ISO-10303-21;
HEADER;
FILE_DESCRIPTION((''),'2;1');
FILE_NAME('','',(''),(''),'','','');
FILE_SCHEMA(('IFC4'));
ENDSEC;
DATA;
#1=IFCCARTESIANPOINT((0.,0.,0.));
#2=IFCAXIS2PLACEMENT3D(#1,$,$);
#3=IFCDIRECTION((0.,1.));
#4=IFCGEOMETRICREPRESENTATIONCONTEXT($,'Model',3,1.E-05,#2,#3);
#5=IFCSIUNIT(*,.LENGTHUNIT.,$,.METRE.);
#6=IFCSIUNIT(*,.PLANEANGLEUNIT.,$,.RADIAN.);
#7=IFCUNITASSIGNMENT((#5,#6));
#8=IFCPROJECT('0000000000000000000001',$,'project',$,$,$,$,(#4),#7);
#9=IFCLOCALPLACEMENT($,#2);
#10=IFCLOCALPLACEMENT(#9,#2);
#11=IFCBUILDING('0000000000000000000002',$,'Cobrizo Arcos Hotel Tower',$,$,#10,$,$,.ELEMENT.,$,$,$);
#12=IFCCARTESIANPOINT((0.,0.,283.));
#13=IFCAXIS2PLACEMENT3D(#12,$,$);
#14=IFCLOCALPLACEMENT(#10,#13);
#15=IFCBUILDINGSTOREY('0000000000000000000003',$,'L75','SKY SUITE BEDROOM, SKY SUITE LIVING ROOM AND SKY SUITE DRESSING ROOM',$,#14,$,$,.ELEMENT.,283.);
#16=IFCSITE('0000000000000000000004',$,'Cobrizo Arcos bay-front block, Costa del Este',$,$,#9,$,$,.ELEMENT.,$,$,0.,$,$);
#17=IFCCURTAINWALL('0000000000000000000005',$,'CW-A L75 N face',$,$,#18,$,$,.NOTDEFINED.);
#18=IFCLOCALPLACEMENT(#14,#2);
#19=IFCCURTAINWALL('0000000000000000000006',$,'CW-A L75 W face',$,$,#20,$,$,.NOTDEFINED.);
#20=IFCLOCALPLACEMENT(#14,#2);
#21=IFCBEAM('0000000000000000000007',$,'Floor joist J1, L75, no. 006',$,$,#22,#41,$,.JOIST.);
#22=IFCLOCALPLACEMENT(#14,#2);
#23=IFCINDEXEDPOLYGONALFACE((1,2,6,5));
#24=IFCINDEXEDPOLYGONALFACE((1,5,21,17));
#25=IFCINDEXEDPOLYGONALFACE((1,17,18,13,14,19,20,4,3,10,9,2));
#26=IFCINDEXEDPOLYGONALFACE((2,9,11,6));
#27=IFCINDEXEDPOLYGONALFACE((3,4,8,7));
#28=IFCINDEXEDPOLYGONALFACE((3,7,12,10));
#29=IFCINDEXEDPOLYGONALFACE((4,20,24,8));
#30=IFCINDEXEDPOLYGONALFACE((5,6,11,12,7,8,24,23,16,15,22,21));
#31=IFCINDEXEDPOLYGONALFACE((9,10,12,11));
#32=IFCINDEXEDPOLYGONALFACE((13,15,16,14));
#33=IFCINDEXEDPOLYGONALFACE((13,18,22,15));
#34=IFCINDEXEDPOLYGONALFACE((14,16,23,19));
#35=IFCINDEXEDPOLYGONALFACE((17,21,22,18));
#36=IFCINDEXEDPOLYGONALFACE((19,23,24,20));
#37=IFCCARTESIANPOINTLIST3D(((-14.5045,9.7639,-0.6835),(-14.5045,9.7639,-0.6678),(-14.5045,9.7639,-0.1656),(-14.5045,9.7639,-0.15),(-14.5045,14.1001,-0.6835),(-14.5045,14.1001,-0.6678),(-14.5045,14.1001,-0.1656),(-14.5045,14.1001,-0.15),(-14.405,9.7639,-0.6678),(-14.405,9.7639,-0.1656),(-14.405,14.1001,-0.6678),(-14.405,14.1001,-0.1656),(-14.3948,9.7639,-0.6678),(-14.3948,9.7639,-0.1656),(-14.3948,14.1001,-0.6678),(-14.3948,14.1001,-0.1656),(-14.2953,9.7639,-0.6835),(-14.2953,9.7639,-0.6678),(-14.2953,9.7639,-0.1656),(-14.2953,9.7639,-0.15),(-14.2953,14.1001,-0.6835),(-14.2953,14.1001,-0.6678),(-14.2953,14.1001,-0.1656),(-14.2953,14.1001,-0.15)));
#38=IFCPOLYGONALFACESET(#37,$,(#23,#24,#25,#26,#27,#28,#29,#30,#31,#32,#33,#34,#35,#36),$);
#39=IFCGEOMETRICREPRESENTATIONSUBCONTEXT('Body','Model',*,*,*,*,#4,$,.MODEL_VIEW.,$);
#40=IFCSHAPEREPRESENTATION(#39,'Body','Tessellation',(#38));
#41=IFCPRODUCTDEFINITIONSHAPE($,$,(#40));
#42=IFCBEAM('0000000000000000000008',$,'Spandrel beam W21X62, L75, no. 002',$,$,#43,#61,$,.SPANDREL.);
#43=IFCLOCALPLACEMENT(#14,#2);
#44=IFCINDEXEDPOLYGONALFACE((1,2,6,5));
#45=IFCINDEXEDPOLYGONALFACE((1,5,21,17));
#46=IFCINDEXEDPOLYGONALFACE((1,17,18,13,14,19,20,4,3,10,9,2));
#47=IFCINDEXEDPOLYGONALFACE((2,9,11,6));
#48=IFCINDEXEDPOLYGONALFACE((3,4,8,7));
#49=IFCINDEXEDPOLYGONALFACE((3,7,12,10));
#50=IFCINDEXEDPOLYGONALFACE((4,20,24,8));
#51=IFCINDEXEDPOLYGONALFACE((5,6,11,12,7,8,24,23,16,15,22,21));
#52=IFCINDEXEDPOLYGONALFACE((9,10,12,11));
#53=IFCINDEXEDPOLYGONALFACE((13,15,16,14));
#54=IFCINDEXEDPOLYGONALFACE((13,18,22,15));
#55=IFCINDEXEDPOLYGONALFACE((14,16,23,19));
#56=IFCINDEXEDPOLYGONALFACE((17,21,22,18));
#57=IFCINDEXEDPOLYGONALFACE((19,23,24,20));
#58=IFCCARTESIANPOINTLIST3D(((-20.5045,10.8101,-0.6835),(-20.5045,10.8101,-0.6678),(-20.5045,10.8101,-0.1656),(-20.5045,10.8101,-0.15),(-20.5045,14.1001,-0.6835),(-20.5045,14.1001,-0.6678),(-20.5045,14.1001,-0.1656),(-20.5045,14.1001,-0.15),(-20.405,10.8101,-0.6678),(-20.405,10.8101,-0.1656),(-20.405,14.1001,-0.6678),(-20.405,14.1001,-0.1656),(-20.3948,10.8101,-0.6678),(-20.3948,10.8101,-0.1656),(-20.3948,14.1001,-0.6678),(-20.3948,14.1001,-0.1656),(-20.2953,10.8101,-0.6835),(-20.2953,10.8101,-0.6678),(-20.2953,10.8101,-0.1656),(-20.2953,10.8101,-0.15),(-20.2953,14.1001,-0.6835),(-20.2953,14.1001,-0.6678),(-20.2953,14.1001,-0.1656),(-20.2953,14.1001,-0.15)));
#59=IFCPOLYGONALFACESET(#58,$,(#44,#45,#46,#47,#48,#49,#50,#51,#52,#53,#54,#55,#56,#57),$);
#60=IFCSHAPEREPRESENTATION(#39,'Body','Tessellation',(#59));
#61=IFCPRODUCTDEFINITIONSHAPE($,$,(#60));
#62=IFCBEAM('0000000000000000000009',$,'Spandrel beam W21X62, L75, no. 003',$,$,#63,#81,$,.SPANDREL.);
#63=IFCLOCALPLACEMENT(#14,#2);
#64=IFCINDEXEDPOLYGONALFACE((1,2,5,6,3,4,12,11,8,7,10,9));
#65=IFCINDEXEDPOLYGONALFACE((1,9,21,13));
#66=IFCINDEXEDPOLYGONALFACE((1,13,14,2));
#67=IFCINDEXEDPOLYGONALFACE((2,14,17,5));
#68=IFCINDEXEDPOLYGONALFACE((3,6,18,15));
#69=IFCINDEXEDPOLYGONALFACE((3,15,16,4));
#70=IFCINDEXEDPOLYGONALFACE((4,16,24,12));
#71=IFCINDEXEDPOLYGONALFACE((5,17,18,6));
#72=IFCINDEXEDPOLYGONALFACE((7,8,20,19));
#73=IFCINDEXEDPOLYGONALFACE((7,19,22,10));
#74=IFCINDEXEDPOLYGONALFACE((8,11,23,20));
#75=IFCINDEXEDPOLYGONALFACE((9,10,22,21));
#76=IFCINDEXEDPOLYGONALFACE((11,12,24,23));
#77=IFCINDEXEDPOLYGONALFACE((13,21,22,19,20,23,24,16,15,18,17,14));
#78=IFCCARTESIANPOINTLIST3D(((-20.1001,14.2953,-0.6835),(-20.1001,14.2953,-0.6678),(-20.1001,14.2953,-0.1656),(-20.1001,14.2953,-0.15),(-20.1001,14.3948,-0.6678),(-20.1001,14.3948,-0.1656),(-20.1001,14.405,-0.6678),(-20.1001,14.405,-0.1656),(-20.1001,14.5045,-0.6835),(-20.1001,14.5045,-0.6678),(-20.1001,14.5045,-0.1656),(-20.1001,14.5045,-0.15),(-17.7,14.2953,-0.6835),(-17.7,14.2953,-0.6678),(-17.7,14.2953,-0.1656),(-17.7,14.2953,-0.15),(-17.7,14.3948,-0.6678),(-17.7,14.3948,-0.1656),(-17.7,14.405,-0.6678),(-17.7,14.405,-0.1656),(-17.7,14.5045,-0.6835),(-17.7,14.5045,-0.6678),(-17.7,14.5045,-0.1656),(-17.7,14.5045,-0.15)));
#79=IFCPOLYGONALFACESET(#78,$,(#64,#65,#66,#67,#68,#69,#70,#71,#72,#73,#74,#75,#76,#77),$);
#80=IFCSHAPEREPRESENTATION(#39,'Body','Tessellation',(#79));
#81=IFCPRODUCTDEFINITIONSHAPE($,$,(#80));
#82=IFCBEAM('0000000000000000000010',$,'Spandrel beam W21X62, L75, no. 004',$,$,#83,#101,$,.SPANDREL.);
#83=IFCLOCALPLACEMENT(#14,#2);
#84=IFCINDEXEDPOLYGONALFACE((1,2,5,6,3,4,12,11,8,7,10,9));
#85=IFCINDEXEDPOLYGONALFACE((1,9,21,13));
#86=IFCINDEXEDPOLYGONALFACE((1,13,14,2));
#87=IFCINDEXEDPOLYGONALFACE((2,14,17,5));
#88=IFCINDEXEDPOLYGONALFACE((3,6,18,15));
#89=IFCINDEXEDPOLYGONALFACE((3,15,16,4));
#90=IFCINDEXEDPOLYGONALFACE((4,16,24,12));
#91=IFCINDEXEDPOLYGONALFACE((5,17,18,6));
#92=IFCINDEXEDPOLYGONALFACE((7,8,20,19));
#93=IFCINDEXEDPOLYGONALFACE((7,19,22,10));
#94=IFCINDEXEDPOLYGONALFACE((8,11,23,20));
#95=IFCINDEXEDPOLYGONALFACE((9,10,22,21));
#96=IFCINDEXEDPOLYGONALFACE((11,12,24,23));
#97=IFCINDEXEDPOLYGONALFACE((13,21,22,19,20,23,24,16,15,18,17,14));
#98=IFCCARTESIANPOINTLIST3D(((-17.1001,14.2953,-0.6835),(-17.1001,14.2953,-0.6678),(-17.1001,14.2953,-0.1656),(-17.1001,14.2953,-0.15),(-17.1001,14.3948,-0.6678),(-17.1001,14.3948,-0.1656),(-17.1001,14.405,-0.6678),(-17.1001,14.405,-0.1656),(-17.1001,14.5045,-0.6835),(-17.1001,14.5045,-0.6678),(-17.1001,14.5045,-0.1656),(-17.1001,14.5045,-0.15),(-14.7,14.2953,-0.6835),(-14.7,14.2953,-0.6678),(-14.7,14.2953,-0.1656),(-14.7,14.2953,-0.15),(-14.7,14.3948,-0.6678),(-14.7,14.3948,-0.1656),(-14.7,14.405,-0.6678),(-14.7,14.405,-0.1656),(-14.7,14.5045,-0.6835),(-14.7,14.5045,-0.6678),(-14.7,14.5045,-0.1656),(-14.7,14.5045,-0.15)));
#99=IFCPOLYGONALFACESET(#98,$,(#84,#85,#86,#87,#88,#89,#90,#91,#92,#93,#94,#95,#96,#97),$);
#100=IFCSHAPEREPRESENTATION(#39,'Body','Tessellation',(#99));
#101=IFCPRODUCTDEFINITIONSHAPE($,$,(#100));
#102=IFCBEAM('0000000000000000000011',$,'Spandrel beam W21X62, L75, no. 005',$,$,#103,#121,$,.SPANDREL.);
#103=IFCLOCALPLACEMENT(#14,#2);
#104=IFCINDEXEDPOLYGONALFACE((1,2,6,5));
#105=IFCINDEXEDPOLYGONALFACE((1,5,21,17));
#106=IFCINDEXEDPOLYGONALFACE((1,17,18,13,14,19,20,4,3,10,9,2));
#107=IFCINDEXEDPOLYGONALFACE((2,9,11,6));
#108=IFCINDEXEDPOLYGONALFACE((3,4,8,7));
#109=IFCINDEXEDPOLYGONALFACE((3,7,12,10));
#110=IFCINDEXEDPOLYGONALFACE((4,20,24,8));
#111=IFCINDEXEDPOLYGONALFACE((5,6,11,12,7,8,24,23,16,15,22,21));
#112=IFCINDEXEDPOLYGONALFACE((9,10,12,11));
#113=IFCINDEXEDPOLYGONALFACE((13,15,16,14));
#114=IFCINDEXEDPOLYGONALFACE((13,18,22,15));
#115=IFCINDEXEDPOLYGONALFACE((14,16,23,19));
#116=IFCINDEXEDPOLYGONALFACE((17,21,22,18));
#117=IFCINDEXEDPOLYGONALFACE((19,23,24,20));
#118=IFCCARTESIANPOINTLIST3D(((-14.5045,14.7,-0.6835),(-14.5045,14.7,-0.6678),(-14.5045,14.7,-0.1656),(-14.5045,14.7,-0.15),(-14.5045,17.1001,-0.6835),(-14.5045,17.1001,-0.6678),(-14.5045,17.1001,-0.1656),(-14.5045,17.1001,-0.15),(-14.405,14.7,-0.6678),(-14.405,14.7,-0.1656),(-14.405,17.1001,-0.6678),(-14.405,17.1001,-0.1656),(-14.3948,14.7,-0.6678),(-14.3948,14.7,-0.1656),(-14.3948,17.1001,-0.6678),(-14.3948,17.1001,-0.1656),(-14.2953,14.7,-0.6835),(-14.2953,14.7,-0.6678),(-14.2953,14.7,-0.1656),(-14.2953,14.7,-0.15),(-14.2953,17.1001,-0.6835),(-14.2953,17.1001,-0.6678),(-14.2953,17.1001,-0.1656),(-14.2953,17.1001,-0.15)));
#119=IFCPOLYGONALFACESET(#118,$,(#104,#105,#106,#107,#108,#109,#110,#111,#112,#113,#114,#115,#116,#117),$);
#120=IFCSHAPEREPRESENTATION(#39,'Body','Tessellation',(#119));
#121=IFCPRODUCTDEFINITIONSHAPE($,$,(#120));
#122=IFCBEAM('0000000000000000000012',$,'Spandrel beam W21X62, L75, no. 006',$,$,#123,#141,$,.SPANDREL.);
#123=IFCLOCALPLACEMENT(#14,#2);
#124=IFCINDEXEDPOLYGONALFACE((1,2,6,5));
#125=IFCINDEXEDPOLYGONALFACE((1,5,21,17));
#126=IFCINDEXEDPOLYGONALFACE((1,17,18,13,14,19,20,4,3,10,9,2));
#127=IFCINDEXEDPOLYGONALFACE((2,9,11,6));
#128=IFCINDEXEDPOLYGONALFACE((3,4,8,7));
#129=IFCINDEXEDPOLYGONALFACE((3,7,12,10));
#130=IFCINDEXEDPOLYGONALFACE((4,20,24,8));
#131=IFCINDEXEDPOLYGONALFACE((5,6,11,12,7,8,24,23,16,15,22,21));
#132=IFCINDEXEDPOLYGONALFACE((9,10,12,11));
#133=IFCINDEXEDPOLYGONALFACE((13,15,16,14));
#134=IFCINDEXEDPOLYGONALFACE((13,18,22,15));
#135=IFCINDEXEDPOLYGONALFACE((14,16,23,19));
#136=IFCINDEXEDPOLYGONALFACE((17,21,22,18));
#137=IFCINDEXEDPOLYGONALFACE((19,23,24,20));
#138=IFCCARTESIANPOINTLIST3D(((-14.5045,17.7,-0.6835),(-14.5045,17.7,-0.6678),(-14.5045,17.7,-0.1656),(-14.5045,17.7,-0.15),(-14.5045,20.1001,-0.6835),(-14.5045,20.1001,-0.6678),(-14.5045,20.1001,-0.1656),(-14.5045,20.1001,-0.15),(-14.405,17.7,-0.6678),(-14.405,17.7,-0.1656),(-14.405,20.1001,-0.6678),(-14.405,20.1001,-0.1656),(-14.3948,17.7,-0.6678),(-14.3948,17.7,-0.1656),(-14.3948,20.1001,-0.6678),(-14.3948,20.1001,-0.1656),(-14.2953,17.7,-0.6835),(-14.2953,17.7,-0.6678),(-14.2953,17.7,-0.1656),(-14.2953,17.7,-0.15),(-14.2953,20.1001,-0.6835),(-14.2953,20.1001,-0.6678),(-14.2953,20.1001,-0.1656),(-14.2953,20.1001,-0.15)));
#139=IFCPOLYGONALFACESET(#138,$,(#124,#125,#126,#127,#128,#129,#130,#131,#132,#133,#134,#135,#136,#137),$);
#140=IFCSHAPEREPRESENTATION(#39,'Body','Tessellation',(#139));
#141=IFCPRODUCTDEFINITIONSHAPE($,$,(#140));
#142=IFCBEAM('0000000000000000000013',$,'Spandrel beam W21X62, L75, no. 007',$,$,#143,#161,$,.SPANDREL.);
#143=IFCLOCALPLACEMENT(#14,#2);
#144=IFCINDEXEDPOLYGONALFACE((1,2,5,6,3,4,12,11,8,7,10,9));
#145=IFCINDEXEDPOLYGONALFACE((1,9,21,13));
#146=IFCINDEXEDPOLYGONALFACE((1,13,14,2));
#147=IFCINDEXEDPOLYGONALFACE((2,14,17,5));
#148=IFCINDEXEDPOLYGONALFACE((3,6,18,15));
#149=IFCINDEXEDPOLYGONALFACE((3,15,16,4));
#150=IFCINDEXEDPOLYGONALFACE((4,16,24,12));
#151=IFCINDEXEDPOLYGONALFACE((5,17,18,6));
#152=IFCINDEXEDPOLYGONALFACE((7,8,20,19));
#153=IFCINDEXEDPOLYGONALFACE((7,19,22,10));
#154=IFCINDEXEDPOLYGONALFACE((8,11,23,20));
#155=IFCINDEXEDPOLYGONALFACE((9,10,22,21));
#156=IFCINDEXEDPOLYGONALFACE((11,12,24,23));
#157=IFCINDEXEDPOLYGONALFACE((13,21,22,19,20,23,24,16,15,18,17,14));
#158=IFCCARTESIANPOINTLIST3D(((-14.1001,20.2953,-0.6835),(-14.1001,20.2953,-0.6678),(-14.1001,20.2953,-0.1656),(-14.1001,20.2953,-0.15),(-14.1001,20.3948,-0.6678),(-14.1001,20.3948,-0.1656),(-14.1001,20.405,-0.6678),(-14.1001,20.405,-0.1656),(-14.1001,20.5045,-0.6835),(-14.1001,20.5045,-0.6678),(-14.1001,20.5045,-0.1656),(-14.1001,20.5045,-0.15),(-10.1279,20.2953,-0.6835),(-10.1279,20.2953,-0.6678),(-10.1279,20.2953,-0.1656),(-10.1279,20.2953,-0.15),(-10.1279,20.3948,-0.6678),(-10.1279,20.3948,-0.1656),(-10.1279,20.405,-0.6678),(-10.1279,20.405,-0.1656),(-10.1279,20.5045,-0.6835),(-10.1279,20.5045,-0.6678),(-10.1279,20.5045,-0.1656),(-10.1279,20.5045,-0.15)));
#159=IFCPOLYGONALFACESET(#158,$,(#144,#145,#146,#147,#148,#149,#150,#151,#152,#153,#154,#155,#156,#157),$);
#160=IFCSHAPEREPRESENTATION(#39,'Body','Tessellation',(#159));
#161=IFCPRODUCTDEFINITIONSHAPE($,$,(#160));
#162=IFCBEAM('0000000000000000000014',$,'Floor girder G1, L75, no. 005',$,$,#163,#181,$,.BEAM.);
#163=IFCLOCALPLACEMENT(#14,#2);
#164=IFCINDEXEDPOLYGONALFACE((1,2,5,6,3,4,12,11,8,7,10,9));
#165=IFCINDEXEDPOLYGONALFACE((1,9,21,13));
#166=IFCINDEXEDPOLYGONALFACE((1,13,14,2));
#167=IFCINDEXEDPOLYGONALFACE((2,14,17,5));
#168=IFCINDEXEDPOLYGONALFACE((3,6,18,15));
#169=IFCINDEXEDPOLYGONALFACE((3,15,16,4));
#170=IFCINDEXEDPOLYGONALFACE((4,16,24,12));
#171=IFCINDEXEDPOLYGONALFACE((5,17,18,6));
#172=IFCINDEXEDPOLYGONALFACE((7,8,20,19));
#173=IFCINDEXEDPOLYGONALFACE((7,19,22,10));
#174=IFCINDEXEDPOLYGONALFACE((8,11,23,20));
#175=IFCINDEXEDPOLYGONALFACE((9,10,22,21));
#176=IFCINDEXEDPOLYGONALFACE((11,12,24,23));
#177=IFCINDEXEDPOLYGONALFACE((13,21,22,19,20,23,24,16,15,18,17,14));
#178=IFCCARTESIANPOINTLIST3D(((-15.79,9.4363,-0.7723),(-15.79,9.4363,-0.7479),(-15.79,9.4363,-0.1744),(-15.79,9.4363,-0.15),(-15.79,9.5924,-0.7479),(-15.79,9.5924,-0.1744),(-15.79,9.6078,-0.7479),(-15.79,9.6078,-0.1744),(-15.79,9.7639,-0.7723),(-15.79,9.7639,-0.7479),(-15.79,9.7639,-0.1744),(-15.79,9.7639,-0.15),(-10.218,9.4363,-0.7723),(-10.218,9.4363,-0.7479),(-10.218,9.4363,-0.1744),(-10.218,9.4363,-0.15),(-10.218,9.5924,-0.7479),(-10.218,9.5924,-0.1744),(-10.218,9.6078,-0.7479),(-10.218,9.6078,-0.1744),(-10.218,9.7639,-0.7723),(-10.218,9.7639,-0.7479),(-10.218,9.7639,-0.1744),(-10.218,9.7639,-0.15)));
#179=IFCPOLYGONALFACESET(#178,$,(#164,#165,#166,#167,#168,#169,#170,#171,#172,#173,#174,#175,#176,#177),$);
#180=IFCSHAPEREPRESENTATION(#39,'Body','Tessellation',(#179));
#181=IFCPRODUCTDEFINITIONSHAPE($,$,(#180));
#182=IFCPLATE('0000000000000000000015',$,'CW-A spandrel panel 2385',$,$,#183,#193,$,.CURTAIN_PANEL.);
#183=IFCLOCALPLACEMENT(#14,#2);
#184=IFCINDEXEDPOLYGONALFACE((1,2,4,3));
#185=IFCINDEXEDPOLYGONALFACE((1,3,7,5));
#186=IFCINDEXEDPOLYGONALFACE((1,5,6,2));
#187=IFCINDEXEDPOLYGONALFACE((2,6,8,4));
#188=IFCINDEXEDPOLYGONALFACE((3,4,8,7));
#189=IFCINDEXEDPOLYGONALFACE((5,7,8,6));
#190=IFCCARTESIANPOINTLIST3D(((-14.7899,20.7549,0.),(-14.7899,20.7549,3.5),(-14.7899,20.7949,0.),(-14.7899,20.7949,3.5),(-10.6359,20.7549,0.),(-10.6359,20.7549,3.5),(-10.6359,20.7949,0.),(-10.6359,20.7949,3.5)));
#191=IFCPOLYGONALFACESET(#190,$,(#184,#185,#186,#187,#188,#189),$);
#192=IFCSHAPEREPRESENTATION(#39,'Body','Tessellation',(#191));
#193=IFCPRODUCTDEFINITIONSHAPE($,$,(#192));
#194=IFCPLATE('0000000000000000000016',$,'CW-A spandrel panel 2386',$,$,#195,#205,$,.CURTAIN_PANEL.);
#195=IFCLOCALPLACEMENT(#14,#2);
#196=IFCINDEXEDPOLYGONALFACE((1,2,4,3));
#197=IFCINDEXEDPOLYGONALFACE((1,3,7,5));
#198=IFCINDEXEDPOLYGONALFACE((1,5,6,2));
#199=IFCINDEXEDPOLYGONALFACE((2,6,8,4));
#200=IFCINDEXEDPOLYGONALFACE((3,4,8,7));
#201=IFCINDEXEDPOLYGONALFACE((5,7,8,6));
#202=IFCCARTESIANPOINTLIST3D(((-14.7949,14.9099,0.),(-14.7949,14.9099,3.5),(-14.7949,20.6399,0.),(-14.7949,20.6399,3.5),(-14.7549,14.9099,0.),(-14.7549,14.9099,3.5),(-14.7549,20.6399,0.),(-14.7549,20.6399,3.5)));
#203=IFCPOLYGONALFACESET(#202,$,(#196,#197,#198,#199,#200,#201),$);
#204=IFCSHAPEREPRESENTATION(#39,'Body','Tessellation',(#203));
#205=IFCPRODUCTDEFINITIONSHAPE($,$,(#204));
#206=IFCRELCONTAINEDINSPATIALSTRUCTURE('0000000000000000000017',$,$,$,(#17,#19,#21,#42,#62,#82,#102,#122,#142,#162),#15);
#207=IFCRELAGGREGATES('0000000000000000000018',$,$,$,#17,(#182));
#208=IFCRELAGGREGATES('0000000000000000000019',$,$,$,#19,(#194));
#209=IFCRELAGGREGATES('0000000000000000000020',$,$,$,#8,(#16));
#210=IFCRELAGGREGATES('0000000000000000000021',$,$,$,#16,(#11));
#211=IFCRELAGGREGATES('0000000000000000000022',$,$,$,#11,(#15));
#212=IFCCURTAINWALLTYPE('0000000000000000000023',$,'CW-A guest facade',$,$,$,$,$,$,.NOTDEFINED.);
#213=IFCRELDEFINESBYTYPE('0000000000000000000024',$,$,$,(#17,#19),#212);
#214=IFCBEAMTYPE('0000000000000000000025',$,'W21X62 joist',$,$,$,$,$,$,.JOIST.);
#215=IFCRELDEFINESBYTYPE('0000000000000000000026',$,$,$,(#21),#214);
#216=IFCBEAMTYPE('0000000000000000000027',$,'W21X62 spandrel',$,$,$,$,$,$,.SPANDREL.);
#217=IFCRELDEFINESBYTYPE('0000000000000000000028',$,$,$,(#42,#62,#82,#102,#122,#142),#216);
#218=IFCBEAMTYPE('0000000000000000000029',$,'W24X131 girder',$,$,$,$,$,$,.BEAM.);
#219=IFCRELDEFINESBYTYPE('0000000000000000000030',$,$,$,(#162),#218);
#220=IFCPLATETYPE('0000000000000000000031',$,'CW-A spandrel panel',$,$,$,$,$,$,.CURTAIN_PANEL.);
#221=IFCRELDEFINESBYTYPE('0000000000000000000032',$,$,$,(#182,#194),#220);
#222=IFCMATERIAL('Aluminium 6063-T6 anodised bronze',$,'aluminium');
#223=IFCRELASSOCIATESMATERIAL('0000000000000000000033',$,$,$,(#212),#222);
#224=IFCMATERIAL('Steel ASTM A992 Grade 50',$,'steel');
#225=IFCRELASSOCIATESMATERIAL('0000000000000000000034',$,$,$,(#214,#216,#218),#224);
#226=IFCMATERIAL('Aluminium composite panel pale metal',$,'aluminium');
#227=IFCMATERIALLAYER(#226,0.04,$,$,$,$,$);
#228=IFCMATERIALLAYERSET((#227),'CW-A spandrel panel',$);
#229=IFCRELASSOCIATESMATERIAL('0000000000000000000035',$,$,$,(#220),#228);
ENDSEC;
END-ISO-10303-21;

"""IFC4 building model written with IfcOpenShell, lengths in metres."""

from ifc_helpers import new_model, si_unit, direction, frame, origin, origin_2d, place, context, subcontext, project, spatial, rectangle, i_section, extrude, material, layer, layer_set, material_profile, profile_set, type_object, element, aggregate, save


model = new_model("IFC4")

# Units and contexts
model_context = context("Model", 3, precision=1e-05, world=origin(), true_north=direction((0.0, 1.0)))
body_context = subcontext(model_context, "Body", "Model", "MODEL_VIEW")
ifc_project = project(units=[si_unit("LENGTHUNIT", "METRE"), si_unit("PLANEANGLEUNIT", "RADIAN")], contexts=[model_context])

# Site, building, storey
site_placement = place(None, origin())
site = spatial("IfcSite", under=ifc_project, at=site_placement, Name="Cobrizo Arcos bay-front block, Costa del Este", CompositionType="ELEMENT", RefElevation=0.0)
building_placement = place(site_placement, origin())
building = spatial("IfcBuilding", under=site, at=building_placement, Name="Cobrizo Arcos Hotel Tower", CompositionType="ELEMENT")
storey_placement = place(building_placement, frame((0.0, 0.0, 283.0)))
storey = spatial("IfcBuildingStorey", under=building, at=storey_placement, Name="L75", Description="SKY SUITE BEDROOM, SKY SUITE LIVING ROOM AND SKY SUITE DRESSING ROOM", CompositionType="ELEMENT", Elevation=283.0)

# Curtain wall
ifc_material_1 = material(Name="Aluminium 6063-T6 anodised bronze", Category="aluminium")
curtain_wall_type_1 = type_object("IfcCurtainWallType", Name="CW-A guest facade", PredefinedType="NOTDEFINED", material=ifc_material_1)
curtain_wall_1_placement = place(storey_placement, origin())
curtain_wall_1 = element("IfcCurtainWall", 1, at=curtain_wall_1_placement, inside=storey, type_object=curtain_wall_type_1, Name="CW-A L75 N face", PredefinedType="NOTDEFINED")

# Curtain wall
curtain_wall_2_placement = place(storey_placement, origin())
curtain_wall_2 = element("IfcCurtainWall", 2, at=curtain_wall_2_placement, inside=storey, type_object=curtain_wall_type_1, Name="CW-A L75 W face", PredefinedType="NOTDEFINED")

# Beams
ifc_material_2 = material(Name="Steel ASTM A992 Grade 50", Category="steel")
ifc_material_profile_1 = material_profile(ifc_material_2, i_section(OverallWidth=0.2092, OverallDepth=0.5334, WebThickness=0.0103, FlangeThickness=0.0156, at=origin_2d()), Name="W21X62")
ifc_profile_set_1 = profile_set([ifc_material_profile_1], Name="Steel ASTM A992 Grade 50")
beam_type_1 = type_object("IfcBeamType", Name="W21X62 joist", PredefinedType="JOIST", material=ifc_profile_set_1)
beam_1_placement = place(storey_placement, frame((-14.3999, 9.7639, -0.4167), z_axis=(0.0, 1.0, 0.0), x_axis=(-1.0, 0.0, 0.0)))
element("IfcBeam", 3, at=beam_1_placement, inside=storey, type_object=beam_type_1, Name="Floor joist J1, L75, no. 006", PredefinedType="JOIST", context=body_context, shape_type="SweptSolid", body=[
    extrude(i_section(OverallWidth=0.2092, OverallDepth=0.5334, WebThickness=0.0103, FlangeThickness=0.0156, at=origin_2d()), origin(), (0.0, 0.0, 1.0), 4.3362),
])
ifc_material_profile_2 = material_profile(ifc_material_2, i_section(OverallWidth=0.2092, OverallDepth=0.5334, WebThickness=0.0103, FlangeThickness=0.0156, at=origin_2d()), Name="W21X62")
ifc_profile_set_2 = profile_set([ifc_material_profile_2], Name="Steel ASTM A992 Grade 50")
beam_type_2 = type_object("IfcBeamType", Name="W21X62 spandrel", PredefinedType="SPANDREL", material=ifc_profile_set_2)
beam_2_placement = place(storey_placement, frame((-20.3999, 10.8101, -0.4167), z_axis=(0.0, 1.0, 0.0), x_axis=(-1.0, 0.0, 0.0)))
element("IfcBeam", 4, at=beam_2_placement, inside=storey, type_object=beam_type_2, Name="Spandrel beam W21X62, L75, no. 002", PredefinedType="SPANDREL", context=body_context, shape_type="SweptSolid", body=[
    extrude(i_section(OverallWidth=0.2092, OverallDepth=0.5334, WebThickness=0.0103, FlangeThickness=0.0156, at=origin_2d()), origin(), (0.0, 0.0, 1.0), 3.29),
])
for number, where, z_axis, x_axis, name in (
    (5, (-20.1001, 14.3999, -0.4167), (1.0, 0.0, 0.0), (0.0, 1.0, 0.0), "Spandrel beam W21X62, L75, no. 003"),
    (6, (-17.1001, 14.3999, -0.4167), (1.0, 0.0, 0.0), (0.0, 1.0, 0.0), "Spandrel beam W21X62, L75, no. 004"),
    (7, (-14.3999, 14.7, -0.4167), (0.0, 1.0, 0.0), (-1.0, 0.0, 0.0), "Spandrel beam W21X62, L75, no. 005"),
    (8, (-14.3999, 17.7, -0.4167), (0.0, 1.0, 0.0), (-1.0, 0.0, 0.0), "Spandrel beam W21X62, L75, no. 006"),
):
    element("IfcBeam", number, at=place(storey_placement, frame(where, z_axis=z_axis, x_axis=x_axis)), inside=storey, type_object=beam_type_2, Name=name, PredefinedType="SPANDREL", context=body_context, shape_type="SweptSolid", body=[
        extrude(i_section(OverallWidth=0.2092, OverallDepth=0.5334, WebThickness=0.0103, FlangeThickness=0.0156, at=origin_2d()), origin(), (0.0, 0.0, 1.0), 2.4001),
    ])
beam_3_placement = place(storey_placement, frame((-14.1001, 20.3999, -0.4167), z_axis=(1.0, 0.0, 0.0), x_axis=(0.0, 1.0, 0.0)))
element("IfcBeam", 9, at=beam_3_placement, inside=storey, type_object=beam_type_2, Name="Spandrel beam W21X62, L75, no. 007", PredefinedType="SPANDREL", context=body_context, shape_type="SweptSolid", body=[
    extrude(i_section(OverallWidth=0.2092, OverallDepth=0.5334, WebThickness=0.0103, FlangeThickness=0.0156, at=origin_2d()), origin(), (0.0, 0.0, 1.0), 3.9722),
])
ifc_material_profile_3 = material_profile(ifc_material_2, i_section(OverallWidth=0.3276, OverallDepth=0.6223, WebThickness=0.0154, FlangeThickness=0.0244, at=origin_2d()), Name="W24X131")
ifc_profile_set_3 = profile_set([ifc_material_profile_3], Name="Steel ASTM A992 Grade 50")
beam_type_3 = type_object("IfcBeamType", Name="W24X131 girder", PredefinedType="BEAM", material=ifc_profile_set_3)
beam_4_placement = place(storey_placement, frame((-15.79, 9.6001, -0.4612), z_axis=(1.0, 0.0, 0.0), x_axis=(0.0, 1.0, 0.0)))
element("IfcBeam", 10, at=beam_4_placement, inside=storey, type_object=beam_type_3, Name="Floor girder G1, L75, no. 005", PredefinedType="BEAM", context=body_context, shape_type="SweptSolid", body=[
    extrude(i_section(OverallWidth=0.3276, OverallDepth=0.6223, WebThickness=0.0154, FlangeThickness=0.0244, at=origin_2d()), origin(), (0.0, 0.0, 1.0), 5.572),
])

# Plates
ifc_material_3 = material(Name="Aluminium composite panel pale metal", Category="aluminium")
ifc_layer_1 = layer(ifc_material_3, 0.04)
ifc_layer_set_1 = layer_set([ifc_layer_1], Name="CW-A spandrel panel")
plate_type_1 = type_object("IfcPlateType", Name="CW-A spandrel panel", PredefinedType="CURTAIN_PANEL", material=ifc_layer_set_1)
plate_1_placement = place(storey_placement, frame((-12.7129, 20.7749, 0.0), z_axis=(0.0, 0.0, 1.0), x_axis=(-1.0, 0.0, 0.0)))
plate_1 = element("IfcPlate", 11, at=plate_1_placement, type_object=plate_type_1, Name="CW-A spandrel panel 2385", PredefinedType="CURTAIN_PANEL", context=body_context, shape_type="SweptSolid", body=[
    extrude(rectangle(XDim=4.1541, YDim=0.04, at=origin_2d()), origin(), (0.0, 0.0, 1.0), 3.5),
])
aggregate(curtain_wall_1, [plate_1])
plate_2_placement = place(storey_placement, frame((-14.7749, 17.7749, 0.0), z_axis=(0.0, 0.0, 1.0), x_axis=(0.0, -1.0, 0.0)))
plate_2 = element("IfcPlate", 12, at=plate_2_placement, type_object=plate_type_1, Name="CW-A spandrel panel 2386", PredefinedType="CURTAIN_PANEL", context=body_context, shape_type="SweptSolid", body=[
    extrude(rectangle(XDim=5.73, YDim=0.04, at=origin_2d()), origin(), (0.0, 0.0, 1.0), 3.5),
])
aggregate(curtain_wall_2, [plate_2])

save(model, "model.ifc")
